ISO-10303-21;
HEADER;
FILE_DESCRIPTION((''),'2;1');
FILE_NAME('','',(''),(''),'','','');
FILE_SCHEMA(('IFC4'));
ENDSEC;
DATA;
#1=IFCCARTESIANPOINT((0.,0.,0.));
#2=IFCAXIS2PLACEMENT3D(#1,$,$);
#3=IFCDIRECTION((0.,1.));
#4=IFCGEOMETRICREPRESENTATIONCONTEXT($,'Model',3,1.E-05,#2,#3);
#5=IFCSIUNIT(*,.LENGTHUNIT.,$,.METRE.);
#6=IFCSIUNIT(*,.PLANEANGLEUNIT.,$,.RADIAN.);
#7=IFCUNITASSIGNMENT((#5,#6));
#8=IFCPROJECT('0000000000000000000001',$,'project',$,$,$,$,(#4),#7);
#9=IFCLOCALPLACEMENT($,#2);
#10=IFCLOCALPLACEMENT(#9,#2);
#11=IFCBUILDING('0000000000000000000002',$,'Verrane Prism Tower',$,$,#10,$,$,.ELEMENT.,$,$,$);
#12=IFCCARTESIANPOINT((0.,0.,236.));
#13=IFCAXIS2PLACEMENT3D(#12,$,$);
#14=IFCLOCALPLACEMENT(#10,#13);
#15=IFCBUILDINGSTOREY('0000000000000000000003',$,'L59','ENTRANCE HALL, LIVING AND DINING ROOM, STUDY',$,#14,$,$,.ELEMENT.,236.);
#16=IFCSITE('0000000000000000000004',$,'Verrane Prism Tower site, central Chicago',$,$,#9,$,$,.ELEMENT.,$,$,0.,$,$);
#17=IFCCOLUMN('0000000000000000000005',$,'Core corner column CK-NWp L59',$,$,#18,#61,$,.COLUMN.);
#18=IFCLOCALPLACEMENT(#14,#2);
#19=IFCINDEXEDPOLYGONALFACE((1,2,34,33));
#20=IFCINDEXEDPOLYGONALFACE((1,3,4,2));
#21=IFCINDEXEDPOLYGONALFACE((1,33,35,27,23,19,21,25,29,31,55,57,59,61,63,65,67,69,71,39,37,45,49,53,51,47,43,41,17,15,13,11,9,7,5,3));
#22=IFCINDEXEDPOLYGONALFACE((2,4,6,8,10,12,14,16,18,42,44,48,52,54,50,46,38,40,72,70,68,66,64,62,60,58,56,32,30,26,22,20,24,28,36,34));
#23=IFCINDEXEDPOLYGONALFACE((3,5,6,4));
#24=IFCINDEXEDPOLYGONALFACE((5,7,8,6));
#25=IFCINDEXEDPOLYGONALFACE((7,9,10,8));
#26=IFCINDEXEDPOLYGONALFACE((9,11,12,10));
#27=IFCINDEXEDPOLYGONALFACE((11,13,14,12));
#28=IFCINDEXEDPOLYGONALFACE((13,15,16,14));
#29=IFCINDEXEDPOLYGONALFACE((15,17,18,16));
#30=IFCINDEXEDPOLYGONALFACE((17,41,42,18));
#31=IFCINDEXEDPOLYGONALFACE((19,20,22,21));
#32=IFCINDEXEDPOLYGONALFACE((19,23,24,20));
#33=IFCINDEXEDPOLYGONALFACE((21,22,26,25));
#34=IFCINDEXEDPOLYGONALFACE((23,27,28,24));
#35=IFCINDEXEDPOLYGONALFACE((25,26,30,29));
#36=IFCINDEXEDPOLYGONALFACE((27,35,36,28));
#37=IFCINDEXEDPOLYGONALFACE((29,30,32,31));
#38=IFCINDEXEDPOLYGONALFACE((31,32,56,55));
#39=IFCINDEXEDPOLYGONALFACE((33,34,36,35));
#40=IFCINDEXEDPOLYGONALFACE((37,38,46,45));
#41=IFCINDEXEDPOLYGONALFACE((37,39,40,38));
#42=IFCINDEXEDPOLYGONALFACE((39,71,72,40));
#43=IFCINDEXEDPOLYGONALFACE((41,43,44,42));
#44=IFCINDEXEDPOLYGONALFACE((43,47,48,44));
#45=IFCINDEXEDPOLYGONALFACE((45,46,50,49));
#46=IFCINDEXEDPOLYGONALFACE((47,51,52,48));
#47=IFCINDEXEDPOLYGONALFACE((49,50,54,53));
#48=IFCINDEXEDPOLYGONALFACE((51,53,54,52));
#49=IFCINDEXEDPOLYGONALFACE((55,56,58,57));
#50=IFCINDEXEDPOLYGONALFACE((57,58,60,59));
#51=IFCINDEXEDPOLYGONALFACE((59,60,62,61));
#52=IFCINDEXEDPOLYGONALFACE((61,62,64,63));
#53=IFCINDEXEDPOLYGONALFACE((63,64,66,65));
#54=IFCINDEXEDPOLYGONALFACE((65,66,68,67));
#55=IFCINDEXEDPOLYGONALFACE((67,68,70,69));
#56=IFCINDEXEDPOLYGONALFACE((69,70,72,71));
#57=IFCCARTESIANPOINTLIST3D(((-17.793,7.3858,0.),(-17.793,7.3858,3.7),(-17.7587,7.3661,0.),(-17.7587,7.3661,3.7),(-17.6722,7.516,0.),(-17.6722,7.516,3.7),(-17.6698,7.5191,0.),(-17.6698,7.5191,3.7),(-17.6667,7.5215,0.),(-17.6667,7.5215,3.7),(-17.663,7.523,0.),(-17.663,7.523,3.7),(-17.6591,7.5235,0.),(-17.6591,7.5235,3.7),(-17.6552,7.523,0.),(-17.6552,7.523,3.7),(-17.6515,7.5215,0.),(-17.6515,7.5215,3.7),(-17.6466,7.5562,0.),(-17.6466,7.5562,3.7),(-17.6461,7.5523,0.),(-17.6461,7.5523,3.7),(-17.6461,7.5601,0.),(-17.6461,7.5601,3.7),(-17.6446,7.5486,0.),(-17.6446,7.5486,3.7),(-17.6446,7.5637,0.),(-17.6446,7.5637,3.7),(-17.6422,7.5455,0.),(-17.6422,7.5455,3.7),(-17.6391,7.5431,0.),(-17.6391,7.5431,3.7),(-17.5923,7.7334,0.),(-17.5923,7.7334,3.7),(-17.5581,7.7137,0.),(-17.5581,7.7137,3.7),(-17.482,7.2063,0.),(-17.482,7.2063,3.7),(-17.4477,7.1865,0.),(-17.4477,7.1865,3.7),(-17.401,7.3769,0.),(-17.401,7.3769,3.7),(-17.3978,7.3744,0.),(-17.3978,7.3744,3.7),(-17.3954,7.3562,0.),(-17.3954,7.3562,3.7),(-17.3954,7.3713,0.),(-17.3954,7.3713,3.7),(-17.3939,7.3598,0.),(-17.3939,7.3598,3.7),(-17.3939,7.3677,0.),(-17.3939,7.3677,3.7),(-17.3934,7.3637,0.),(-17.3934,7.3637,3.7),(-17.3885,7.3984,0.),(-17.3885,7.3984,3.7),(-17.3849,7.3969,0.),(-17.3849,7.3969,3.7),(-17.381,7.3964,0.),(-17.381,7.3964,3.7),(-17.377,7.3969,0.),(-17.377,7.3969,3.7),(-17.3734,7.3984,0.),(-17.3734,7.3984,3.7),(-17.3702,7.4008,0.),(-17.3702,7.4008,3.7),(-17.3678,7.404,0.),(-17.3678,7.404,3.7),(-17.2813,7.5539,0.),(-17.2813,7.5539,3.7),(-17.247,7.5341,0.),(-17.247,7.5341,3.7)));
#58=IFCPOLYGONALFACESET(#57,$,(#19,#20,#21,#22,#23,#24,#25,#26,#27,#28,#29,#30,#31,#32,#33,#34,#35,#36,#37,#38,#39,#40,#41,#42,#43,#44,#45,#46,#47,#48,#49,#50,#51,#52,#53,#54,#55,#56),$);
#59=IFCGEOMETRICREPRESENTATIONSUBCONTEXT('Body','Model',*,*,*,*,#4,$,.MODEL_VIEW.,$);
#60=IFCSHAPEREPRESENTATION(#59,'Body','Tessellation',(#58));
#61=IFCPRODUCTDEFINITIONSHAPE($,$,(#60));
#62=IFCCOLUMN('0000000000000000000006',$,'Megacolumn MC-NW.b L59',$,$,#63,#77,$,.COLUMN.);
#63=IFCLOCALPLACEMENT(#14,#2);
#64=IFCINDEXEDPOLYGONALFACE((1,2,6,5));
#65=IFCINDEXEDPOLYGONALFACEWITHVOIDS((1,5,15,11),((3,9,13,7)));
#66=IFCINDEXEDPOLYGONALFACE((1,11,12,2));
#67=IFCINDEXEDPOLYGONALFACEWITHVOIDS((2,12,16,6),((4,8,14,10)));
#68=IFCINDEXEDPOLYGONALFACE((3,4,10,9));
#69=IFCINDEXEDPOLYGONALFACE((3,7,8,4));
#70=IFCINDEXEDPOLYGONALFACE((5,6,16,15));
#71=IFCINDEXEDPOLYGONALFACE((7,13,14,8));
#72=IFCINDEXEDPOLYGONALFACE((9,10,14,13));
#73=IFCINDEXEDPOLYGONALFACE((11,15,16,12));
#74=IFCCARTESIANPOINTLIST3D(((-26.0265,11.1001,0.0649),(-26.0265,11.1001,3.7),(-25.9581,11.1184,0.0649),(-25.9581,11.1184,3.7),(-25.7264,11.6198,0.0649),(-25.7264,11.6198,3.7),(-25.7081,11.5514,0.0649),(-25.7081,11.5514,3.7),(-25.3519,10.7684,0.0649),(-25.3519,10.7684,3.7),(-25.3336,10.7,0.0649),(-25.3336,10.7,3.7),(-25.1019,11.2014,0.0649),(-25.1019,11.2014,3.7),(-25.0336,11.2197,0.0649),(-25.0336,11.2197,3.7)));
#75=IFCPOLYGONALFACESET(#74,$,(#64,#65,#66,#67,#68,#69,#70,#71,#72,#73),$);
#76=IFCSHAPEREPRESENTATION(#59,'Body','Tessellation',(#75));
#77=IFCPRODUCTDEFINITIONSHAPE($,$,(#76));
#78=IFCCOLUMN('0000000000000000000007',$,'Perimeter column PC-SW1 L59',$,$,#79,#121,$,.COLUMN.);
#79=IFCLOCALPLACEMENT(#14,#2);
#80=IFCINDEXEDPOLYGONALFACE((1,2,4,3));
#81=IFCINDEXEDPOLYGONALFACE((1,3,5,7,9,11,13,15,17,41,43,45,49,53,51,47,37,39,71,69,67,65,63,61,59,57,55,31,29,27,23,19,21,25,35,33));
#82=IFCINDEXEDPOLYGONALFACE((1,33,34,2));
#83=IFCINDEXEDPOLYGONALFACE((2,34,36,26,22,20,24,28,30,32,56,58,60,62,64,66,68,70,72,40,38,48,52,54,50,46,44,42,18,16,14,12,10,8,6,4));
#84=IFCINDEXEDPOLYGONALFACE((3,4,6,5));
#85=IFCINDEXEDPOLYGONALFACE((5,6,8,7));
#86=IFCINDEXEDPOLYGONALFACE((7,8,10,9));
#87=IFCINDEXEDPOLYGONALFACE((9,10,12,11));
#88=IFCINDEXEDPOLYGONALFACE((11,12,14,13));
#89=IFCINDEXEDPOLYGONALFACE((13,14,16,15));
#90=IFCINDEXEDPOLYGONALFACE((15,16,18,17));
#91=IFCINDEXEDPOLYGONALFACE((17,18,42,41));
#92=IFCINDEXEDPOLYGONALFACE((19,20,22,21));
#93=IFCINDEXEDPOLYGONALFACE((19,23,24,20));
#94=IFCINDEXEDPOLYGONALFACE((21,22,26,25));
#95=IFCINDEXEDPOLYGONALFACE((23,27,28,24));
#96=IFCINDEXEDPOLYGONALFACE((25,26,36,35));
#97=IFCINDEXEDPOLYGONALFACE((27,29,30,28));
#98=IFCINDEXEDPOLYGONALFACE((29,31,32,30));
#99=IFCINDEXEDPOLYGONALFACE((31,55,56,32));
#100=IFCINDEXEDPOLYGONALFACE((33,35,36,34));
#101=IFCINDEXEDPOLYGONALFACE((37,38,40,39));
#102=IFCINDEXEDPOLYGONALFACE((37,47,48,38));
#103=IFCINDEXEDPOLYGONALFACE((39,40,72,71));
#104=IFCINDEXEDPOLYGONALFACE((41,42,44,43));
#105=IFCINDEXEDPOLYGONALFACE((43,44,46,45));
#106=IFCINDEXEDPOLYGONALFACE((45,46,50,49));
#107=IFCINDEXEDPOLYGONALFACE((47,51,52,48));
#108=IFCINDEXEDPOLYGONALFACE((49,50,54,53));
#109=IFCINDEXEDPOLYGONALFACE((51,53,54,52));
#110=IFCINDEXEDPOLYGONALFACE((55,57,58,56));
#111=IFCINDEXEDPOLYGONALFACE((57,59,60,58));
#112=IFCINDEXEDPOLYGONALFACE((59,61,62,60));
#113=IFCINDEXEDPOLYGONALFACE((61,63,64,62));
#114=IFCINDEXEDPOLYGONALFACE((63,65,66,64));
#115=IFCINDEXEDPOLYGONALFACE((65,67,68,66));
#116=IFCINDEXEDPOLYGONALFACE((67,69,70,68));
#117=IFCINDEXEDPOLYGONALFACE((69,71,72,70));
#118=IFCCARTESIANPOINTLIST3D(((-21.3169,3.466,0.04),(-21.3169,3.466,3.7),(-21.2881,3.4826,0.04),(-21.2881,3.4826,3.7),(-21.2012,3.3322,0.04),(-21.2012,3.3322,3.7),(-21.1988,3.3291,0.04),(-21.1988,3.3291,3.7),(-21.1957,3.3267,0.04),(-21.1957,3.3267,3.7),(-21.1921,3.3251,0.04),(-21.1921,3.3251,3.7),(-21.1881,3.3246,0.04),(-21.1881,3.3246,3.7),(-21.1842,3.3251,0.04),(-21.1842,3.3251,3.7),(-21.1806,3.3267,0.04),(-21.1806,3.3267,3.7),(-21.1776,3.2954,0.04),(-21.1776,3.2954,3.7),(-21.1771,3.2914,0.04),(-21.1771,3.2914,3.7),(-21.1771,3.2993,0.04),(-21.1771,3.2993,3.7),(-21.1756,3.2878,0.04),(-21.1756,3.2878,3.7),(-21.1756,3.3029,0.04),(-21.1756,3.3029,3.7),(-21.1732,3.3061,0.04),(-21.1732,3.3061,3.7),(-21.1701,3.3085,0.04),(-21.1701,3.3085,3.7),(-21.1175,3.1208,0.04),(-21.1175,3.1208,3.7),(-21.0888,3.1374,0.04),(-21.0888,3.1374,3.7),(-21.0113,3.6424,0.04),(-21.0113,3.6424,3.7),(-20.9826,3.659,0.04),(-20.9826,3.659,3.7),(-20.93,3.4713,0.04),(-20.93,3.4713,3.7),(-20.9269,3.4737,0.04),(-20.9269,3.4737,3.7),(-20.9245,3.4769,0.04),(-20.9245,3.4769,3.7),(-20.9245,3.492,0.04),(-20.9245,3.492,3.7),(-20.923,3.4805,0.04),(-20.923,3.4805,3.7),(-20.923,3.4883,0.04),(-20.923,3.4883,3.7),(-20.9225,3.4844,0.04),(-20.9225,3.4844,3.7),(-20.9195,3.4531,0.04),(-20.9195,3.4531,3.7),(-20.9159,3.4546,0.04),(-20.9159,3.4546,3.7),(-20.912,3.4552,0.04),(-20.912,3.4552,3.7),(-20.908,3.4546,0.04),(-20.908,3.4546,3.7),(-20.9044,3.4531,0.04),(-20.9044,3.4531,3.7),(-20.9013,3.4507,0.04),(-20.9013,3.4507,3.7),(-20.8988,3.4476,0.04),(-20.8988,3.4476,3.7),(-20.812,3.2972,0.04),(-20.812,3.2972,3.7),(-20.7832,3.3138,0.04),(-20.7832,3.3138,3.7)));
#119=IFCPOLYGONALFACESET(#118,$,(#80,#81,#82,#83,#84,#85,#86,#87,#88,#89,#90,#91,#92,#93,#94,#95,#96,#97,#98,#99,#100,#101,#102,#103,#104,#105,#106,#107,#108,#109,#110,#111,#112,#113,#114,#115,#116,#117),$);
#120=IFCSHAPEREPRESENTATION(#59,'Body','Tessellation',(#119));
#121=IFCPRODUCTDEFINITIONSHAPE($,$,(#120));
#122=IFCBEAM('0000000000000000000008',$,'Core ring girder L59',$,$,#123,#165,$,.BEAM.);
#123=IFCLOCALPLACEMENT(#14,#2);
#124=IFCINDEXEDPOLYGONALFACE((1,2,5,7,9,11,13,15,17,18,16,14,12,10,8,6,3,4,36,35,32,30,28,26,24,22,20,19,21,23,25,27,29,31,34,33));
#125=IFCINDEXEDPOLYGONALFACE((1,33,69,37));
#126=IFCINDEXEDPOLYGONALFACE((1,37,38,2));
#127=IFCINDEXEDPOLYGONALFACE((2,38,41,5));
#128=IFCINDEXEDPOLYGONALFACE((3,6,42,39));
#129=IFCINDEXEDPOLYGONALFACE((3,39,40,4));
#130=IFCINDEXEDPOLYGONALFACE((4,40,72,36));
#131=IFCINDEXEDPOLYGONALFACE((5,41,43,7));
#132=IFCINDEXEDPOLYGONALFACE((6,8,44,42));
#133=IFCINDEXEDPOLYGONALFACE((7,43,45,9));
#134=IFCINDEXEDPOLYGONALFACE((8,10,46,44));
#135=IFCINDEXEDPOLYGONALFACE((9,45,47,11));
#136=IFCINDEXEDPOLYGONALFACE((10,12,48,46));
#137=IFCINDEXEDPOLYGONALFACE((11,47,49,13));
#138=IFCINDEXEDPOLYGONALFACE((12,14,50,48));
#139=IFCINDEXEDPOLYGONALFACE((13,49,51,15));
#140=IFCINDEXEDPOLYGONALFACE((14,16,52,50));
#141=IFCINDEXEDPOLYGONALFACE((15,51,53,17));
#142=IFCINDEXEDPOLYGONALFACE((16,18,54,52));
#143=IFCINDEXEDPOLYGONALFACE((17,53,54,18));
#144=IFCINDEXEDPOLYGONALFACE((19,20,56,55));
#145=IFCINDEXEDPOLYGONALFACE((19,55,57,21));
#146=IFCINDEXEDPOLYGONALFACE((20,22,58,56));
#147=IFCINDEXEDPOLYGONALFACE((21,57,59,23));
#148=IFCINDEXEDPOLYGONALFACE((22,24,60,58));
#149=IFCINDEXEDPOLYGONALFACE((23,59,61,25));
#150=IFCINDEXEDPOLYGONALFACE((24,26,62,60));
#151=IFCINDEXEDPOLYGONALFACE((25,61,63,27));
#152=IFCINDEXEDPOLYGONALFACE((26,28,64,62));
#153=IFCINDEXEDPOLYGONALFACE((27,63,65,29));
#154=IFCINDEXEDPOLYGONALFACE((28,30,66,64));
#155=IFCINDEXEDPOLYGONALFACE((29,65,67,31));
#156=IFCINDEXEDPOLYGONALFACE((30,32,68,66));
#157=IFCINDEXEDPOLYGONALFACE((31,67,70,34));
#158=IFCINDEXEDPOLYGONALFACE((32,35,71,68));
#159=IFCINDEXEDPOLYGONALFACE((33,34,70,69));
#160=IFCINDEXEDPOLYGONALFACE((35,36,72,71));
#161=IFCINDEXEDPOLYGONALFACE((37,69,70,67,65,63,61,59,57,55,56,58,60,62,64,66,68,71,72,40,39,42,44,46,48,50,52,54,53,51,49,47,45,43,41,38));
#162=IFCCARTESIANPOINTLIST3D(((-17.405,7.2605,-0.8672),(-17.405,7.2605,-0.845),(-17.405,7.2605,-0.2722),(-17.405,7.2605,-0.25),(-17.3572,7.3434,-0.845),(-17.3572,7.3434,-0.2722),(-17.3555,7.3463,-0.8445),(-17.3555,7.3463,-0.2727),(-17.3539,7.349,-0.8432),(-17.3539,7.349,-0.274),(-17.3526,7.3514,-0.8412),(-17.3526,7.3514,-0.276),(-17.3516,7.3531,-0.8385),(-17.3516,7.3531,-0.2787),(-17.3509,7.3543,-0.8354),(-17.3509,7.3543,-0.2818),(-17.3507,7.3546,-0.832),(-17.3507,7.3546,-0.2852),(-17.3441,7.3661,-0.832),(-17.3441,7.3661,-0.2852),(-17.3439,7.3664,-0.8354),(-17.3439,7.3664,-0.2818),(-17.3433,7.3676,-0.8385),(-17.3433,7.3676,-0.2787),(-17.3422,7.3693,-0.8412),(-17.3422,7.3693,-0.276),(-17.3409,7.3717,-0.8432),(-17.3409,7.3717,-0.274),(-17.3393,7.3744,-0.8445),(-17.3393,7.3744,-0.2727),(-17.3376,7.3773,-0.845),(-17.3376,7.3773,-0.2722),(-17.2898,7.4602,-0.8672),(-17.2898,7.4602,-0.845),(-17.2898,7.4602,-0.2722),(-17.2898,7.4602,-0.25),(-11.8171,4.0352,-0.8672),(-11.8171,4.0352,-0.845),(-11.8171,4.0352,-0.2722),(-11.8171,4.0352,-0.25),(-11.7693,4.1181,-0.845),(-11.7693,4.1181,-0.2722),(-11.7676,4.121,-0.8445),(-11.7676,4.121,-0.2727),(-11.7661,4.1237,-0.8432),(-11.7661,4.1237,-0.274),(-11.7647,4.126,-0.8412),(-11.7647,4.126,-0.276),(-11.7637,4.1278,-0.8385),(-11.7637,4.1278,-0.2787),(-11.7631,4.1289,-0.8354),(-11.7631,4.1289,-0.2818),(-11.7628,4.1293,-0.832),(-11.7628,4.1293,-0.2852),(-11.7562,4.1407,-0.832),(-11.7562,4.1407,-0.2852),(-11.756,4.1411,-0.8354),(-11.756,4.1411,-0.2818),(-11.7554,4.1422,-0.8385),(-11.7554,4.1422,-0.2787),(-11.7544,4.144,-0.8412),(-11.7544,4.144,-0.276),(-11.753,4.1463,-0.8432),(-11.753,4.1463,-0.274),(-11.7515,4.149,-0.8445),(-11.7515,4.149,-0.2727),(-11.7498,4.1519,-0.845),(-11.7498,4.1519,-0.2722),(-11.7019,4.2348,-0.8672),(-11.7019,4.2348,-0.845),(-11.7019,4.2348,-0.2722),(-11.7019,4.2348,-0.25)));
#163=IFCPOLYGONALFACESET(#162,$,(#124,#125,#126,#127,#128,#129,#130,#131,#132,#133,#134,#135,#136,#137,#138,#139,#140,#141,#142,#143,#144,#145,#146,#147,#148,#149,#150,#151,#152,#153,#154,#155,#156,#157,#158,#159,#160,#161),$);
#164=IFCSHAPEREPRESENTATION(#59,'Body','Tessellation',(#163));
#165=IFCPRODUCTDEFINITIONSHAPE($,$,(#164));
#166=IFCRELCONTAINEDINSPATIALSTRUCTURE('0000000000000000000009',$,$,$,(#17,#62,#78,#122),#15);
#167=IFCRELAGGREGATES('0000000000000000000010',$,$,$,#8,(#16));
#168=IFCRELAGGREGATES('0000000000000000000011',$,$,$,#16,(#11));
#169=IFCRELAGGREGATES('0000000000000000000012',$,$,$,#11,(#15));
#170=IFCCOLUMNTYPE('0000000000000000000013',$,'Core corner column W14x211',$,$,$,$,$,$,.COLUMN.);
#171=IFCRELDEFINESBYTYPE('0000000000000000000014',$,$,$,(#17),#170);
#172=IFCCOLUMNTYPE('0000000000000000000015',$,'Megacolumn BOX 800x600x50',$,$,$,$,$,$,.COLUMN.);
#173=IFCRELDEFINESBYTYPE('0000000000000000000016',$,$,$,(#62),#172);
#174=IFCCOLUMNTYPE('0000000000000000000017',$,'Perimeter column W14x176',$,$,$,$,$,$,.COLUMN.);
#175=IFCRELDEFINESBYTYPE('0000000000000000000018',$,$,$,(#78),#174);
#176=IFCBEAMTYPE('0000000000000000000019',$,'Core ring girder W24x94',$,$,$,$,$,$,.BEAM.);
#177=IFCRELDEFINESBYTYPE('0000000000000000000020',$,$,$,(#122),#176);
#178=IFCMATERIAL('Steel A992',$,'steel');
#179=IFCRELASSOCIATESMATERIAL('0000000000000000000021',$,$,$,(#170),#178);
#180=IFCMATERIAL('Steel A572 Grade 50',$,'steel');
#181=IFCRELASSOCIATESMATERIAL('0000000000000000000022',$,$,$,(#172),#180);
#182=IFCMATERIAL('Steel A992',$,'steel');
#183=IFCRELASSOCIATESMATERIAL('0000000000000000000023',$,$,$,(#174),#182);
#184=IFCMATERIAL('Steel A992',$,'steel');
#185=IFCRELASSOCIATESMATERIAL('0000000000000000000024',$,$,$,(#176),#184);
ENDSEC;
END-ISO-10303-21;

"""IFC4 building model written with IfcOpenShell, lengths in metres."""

from ifc_helpers import new_model, si_unit, direction, frame, origin, origin_2d, place, context, subcontext, project, spatial, hollow_rectangle, i_section, extrude, material, material_profile, profile_set, type_object, element, save


model = new_model("IFC4")

# Units and contexts
model_context = context("Model", 3, precision=1e-05, world=origin(), true_north=direction((0.0, 1.0)))
body_context = subcontext(model_context, "Body", "Model", "MODEL_VIEW")
ifc_project = project(units=[si_unit("LENGTHUNIT", "METRE"), si_unit("PLANEANGLEUNIT", "RADIAN")], contexts=[model_context])

# Site, building, storey
site_placement = place(None, origin())
site = spatial("IfcSite", under=ifc_project, at=site_placement, Name="Verrane Prism Tower site, central Chicago", CompositionType="ELEMENT", RefElevation=0.0)
building_placement = place(site_placement, origin())
building = spatial("IfcBuilding", under=site, at=building_placement, Name="Verrane Prism Tower", CompositionType="ELEMENT")
storey_placement = place(building_placement, frame((0.0, 0.0, 236.0)))
storey = spatial("IfcBuildingStorey", under=building, at=storey_placement, Name="L59", Description="ENTRANCE HALL, LIVING AND DINING ROOM, STUDY", CompositionType="ELEMENT", Elevation=236.0)

# Columns
ifc_material_1 = material(Name="Steel A992", Category="steel")
ifc_material_profile_1 = material_profile(ifc_material_1, i_section(OverallWidth=0.4014, OverallDepth=0.3987, WebThickness=0.0249, FlangeThickness=0.0396, FilletRadius=0.0151, at=origin_2d()), Name="W14x211")
ifc_profile_set_1 = profile_set([ifc_material_profile_1], Name="Steel A992")
column_type_1 = type_object("IfcColumnType", Name="Core corner column W14x211", PredefinedType="COLUMN", material=ifc_profile_set_1)
column_1_placement = place(storey_placement, frame((-17.52, 7.46, 0.0), z_axis=(0.0, 0.0, 1.0), x_axis=(0.5, 0.866025, 0.0)))
element("IfcColumn", 1, at=column_1_placement, inside=storey, type_object=column_type_1, Name="Core corner column CK-NWp L59", PredefinedType="COLUMN", context=body_context, shape_type="SweptSolid", body=[
    extrude(i_section(OverallWidth=0.4014, OverallDepth=0.3987, WebThickness=0.0249, FlangeThickness=0.0396, FilletRadius=0.0151, at=origin_2d()), origin(), (0.0, 0.0, 1.0), 3.7),
])
ifc_material_2 = material(Name="Steel A572 Grade 50", Category="steel")
ifc_material_profile_2 = material_profile(ifc_material_2, hollow_rectangle(XDim=0.6001, YDim=0.8, WallThickness=0.05, at=origin_2d()), Name="BOX 800x600x50")
ifc_profile_set_2 = profile_set([ifc_material_profile_2], Name="Steel A572 Grade 50")
column_type_2 = type_object("IfcColumnType", Name="Megacolumn BOX 800x600x50", PredefinedType="COLUMN", material=ifc_profile_set_2)
column_2_placement = place(storey_placement, frame((-25.53, 11.1599, 0.0649), z_axis=(0.0, 0.0, 1.0), x_axis=(0.5, 0.866025, 0.0)))
element("IfcColumn", 2, at=column_2_placement, inside=storey, type_object=column_type_2, Name="Megacolumn MC-NW.b L59", PredefinedType="COLUMN", context=body_context, shape_type="SweptSolid", body=[
    extrude(hollow_rectangle(XDim=0.6001, YDim=0.8, WallThickness=0.05, at=origin_2d()), origin(), (0.0, 0.0, 1.0), 3.635),
])
ifc_material_3 = material(Name="Steel A992", Category="steel")
ifc_material_profile_3 = material_profile(ifc_material_3, i_section(OverallWidth=0.3987, OverallDepth=0.386, WebThickness=0.021, FlangeThickness=0.0332, FilletRadius=0.0151, at=origin_2d()), Name="W14x176")
ifc_profile_set_3 = profile_set([ifc_material_profile_3], Name="Steel A992")
column_type_3 = type_object("IfcColumnType", Name="Perimeter column W14x176", PredefinedType="COLUMN", material=ifc_profile_set_3)
column_3_placement = place(storey_placement, frame((-21.05, 3.3899, 0.04), z_axis=(0.0, 0.0, 1.0), x_axis=(-0.5, 0.866025, 0.0)))
element("IfcColumn", 3, at=column_3_placement, inside=storey, type_object=column_type_3, Name="Perimeter column PC-SW1 L59", PredefinedType="COLUMN", context=body_context, shape_type="SweptSolid", body=[
    extrude(i_section(OverallWidth=0.3987, OverallDepth=0.386, WebThickness=0.021, FlangeThickness=0.0332, FilletRadius=0.0151, at=origin_2d()), origin(), (0.0, 0.0, 1.0), 3.6599),
])

# Beam
ifc_material_4 = material(Name="Steel A992", Category="steel")
ifc_material_profile_4 = material_profile(ifc_material_4, i_section(OverallWidth=0.2305, OverallDepth=0.6172, WebThickness=0.0132, FlangeThickness=0.0222, FilletRadius=0.0129, at=origin_2d()), Name="W24x94")
ifc_profile_set_4 = profile_set([ifc_material_profile_4], Name="Steel A992")
beam_type_1 = type_object("IfcBeamType", Name="Core ring girder W24x94", PredefinedType="BEAM", material=ifc_profile_set_4)
beam_1_placement = place(storey_placement, frame((-17.3474, 7.3604, -0.5586), z_axis=(0.866081, -0.499904, 0.0), x_axis=(0.499904, 0.866081, 0.0)))
element("IfcBeam", 4, at=beam_1_placement, inside=storey, type_object=beam_type_1, Name="Core ring girder L59", PredefinedType="BEAM", context=body_context, shape_type="SweptSolid", body=[
    extrude(i_section(OverallWidth=0.2305, OverallDepth=0.6172, WebThickness=0.0132, FlangeThickness=0.0222, FilletRadius=0.0129, at=origin_2d()), origin(), (0.0, 0.0, 1.0), 6.4519),
])

save(model, "model.ifc")
